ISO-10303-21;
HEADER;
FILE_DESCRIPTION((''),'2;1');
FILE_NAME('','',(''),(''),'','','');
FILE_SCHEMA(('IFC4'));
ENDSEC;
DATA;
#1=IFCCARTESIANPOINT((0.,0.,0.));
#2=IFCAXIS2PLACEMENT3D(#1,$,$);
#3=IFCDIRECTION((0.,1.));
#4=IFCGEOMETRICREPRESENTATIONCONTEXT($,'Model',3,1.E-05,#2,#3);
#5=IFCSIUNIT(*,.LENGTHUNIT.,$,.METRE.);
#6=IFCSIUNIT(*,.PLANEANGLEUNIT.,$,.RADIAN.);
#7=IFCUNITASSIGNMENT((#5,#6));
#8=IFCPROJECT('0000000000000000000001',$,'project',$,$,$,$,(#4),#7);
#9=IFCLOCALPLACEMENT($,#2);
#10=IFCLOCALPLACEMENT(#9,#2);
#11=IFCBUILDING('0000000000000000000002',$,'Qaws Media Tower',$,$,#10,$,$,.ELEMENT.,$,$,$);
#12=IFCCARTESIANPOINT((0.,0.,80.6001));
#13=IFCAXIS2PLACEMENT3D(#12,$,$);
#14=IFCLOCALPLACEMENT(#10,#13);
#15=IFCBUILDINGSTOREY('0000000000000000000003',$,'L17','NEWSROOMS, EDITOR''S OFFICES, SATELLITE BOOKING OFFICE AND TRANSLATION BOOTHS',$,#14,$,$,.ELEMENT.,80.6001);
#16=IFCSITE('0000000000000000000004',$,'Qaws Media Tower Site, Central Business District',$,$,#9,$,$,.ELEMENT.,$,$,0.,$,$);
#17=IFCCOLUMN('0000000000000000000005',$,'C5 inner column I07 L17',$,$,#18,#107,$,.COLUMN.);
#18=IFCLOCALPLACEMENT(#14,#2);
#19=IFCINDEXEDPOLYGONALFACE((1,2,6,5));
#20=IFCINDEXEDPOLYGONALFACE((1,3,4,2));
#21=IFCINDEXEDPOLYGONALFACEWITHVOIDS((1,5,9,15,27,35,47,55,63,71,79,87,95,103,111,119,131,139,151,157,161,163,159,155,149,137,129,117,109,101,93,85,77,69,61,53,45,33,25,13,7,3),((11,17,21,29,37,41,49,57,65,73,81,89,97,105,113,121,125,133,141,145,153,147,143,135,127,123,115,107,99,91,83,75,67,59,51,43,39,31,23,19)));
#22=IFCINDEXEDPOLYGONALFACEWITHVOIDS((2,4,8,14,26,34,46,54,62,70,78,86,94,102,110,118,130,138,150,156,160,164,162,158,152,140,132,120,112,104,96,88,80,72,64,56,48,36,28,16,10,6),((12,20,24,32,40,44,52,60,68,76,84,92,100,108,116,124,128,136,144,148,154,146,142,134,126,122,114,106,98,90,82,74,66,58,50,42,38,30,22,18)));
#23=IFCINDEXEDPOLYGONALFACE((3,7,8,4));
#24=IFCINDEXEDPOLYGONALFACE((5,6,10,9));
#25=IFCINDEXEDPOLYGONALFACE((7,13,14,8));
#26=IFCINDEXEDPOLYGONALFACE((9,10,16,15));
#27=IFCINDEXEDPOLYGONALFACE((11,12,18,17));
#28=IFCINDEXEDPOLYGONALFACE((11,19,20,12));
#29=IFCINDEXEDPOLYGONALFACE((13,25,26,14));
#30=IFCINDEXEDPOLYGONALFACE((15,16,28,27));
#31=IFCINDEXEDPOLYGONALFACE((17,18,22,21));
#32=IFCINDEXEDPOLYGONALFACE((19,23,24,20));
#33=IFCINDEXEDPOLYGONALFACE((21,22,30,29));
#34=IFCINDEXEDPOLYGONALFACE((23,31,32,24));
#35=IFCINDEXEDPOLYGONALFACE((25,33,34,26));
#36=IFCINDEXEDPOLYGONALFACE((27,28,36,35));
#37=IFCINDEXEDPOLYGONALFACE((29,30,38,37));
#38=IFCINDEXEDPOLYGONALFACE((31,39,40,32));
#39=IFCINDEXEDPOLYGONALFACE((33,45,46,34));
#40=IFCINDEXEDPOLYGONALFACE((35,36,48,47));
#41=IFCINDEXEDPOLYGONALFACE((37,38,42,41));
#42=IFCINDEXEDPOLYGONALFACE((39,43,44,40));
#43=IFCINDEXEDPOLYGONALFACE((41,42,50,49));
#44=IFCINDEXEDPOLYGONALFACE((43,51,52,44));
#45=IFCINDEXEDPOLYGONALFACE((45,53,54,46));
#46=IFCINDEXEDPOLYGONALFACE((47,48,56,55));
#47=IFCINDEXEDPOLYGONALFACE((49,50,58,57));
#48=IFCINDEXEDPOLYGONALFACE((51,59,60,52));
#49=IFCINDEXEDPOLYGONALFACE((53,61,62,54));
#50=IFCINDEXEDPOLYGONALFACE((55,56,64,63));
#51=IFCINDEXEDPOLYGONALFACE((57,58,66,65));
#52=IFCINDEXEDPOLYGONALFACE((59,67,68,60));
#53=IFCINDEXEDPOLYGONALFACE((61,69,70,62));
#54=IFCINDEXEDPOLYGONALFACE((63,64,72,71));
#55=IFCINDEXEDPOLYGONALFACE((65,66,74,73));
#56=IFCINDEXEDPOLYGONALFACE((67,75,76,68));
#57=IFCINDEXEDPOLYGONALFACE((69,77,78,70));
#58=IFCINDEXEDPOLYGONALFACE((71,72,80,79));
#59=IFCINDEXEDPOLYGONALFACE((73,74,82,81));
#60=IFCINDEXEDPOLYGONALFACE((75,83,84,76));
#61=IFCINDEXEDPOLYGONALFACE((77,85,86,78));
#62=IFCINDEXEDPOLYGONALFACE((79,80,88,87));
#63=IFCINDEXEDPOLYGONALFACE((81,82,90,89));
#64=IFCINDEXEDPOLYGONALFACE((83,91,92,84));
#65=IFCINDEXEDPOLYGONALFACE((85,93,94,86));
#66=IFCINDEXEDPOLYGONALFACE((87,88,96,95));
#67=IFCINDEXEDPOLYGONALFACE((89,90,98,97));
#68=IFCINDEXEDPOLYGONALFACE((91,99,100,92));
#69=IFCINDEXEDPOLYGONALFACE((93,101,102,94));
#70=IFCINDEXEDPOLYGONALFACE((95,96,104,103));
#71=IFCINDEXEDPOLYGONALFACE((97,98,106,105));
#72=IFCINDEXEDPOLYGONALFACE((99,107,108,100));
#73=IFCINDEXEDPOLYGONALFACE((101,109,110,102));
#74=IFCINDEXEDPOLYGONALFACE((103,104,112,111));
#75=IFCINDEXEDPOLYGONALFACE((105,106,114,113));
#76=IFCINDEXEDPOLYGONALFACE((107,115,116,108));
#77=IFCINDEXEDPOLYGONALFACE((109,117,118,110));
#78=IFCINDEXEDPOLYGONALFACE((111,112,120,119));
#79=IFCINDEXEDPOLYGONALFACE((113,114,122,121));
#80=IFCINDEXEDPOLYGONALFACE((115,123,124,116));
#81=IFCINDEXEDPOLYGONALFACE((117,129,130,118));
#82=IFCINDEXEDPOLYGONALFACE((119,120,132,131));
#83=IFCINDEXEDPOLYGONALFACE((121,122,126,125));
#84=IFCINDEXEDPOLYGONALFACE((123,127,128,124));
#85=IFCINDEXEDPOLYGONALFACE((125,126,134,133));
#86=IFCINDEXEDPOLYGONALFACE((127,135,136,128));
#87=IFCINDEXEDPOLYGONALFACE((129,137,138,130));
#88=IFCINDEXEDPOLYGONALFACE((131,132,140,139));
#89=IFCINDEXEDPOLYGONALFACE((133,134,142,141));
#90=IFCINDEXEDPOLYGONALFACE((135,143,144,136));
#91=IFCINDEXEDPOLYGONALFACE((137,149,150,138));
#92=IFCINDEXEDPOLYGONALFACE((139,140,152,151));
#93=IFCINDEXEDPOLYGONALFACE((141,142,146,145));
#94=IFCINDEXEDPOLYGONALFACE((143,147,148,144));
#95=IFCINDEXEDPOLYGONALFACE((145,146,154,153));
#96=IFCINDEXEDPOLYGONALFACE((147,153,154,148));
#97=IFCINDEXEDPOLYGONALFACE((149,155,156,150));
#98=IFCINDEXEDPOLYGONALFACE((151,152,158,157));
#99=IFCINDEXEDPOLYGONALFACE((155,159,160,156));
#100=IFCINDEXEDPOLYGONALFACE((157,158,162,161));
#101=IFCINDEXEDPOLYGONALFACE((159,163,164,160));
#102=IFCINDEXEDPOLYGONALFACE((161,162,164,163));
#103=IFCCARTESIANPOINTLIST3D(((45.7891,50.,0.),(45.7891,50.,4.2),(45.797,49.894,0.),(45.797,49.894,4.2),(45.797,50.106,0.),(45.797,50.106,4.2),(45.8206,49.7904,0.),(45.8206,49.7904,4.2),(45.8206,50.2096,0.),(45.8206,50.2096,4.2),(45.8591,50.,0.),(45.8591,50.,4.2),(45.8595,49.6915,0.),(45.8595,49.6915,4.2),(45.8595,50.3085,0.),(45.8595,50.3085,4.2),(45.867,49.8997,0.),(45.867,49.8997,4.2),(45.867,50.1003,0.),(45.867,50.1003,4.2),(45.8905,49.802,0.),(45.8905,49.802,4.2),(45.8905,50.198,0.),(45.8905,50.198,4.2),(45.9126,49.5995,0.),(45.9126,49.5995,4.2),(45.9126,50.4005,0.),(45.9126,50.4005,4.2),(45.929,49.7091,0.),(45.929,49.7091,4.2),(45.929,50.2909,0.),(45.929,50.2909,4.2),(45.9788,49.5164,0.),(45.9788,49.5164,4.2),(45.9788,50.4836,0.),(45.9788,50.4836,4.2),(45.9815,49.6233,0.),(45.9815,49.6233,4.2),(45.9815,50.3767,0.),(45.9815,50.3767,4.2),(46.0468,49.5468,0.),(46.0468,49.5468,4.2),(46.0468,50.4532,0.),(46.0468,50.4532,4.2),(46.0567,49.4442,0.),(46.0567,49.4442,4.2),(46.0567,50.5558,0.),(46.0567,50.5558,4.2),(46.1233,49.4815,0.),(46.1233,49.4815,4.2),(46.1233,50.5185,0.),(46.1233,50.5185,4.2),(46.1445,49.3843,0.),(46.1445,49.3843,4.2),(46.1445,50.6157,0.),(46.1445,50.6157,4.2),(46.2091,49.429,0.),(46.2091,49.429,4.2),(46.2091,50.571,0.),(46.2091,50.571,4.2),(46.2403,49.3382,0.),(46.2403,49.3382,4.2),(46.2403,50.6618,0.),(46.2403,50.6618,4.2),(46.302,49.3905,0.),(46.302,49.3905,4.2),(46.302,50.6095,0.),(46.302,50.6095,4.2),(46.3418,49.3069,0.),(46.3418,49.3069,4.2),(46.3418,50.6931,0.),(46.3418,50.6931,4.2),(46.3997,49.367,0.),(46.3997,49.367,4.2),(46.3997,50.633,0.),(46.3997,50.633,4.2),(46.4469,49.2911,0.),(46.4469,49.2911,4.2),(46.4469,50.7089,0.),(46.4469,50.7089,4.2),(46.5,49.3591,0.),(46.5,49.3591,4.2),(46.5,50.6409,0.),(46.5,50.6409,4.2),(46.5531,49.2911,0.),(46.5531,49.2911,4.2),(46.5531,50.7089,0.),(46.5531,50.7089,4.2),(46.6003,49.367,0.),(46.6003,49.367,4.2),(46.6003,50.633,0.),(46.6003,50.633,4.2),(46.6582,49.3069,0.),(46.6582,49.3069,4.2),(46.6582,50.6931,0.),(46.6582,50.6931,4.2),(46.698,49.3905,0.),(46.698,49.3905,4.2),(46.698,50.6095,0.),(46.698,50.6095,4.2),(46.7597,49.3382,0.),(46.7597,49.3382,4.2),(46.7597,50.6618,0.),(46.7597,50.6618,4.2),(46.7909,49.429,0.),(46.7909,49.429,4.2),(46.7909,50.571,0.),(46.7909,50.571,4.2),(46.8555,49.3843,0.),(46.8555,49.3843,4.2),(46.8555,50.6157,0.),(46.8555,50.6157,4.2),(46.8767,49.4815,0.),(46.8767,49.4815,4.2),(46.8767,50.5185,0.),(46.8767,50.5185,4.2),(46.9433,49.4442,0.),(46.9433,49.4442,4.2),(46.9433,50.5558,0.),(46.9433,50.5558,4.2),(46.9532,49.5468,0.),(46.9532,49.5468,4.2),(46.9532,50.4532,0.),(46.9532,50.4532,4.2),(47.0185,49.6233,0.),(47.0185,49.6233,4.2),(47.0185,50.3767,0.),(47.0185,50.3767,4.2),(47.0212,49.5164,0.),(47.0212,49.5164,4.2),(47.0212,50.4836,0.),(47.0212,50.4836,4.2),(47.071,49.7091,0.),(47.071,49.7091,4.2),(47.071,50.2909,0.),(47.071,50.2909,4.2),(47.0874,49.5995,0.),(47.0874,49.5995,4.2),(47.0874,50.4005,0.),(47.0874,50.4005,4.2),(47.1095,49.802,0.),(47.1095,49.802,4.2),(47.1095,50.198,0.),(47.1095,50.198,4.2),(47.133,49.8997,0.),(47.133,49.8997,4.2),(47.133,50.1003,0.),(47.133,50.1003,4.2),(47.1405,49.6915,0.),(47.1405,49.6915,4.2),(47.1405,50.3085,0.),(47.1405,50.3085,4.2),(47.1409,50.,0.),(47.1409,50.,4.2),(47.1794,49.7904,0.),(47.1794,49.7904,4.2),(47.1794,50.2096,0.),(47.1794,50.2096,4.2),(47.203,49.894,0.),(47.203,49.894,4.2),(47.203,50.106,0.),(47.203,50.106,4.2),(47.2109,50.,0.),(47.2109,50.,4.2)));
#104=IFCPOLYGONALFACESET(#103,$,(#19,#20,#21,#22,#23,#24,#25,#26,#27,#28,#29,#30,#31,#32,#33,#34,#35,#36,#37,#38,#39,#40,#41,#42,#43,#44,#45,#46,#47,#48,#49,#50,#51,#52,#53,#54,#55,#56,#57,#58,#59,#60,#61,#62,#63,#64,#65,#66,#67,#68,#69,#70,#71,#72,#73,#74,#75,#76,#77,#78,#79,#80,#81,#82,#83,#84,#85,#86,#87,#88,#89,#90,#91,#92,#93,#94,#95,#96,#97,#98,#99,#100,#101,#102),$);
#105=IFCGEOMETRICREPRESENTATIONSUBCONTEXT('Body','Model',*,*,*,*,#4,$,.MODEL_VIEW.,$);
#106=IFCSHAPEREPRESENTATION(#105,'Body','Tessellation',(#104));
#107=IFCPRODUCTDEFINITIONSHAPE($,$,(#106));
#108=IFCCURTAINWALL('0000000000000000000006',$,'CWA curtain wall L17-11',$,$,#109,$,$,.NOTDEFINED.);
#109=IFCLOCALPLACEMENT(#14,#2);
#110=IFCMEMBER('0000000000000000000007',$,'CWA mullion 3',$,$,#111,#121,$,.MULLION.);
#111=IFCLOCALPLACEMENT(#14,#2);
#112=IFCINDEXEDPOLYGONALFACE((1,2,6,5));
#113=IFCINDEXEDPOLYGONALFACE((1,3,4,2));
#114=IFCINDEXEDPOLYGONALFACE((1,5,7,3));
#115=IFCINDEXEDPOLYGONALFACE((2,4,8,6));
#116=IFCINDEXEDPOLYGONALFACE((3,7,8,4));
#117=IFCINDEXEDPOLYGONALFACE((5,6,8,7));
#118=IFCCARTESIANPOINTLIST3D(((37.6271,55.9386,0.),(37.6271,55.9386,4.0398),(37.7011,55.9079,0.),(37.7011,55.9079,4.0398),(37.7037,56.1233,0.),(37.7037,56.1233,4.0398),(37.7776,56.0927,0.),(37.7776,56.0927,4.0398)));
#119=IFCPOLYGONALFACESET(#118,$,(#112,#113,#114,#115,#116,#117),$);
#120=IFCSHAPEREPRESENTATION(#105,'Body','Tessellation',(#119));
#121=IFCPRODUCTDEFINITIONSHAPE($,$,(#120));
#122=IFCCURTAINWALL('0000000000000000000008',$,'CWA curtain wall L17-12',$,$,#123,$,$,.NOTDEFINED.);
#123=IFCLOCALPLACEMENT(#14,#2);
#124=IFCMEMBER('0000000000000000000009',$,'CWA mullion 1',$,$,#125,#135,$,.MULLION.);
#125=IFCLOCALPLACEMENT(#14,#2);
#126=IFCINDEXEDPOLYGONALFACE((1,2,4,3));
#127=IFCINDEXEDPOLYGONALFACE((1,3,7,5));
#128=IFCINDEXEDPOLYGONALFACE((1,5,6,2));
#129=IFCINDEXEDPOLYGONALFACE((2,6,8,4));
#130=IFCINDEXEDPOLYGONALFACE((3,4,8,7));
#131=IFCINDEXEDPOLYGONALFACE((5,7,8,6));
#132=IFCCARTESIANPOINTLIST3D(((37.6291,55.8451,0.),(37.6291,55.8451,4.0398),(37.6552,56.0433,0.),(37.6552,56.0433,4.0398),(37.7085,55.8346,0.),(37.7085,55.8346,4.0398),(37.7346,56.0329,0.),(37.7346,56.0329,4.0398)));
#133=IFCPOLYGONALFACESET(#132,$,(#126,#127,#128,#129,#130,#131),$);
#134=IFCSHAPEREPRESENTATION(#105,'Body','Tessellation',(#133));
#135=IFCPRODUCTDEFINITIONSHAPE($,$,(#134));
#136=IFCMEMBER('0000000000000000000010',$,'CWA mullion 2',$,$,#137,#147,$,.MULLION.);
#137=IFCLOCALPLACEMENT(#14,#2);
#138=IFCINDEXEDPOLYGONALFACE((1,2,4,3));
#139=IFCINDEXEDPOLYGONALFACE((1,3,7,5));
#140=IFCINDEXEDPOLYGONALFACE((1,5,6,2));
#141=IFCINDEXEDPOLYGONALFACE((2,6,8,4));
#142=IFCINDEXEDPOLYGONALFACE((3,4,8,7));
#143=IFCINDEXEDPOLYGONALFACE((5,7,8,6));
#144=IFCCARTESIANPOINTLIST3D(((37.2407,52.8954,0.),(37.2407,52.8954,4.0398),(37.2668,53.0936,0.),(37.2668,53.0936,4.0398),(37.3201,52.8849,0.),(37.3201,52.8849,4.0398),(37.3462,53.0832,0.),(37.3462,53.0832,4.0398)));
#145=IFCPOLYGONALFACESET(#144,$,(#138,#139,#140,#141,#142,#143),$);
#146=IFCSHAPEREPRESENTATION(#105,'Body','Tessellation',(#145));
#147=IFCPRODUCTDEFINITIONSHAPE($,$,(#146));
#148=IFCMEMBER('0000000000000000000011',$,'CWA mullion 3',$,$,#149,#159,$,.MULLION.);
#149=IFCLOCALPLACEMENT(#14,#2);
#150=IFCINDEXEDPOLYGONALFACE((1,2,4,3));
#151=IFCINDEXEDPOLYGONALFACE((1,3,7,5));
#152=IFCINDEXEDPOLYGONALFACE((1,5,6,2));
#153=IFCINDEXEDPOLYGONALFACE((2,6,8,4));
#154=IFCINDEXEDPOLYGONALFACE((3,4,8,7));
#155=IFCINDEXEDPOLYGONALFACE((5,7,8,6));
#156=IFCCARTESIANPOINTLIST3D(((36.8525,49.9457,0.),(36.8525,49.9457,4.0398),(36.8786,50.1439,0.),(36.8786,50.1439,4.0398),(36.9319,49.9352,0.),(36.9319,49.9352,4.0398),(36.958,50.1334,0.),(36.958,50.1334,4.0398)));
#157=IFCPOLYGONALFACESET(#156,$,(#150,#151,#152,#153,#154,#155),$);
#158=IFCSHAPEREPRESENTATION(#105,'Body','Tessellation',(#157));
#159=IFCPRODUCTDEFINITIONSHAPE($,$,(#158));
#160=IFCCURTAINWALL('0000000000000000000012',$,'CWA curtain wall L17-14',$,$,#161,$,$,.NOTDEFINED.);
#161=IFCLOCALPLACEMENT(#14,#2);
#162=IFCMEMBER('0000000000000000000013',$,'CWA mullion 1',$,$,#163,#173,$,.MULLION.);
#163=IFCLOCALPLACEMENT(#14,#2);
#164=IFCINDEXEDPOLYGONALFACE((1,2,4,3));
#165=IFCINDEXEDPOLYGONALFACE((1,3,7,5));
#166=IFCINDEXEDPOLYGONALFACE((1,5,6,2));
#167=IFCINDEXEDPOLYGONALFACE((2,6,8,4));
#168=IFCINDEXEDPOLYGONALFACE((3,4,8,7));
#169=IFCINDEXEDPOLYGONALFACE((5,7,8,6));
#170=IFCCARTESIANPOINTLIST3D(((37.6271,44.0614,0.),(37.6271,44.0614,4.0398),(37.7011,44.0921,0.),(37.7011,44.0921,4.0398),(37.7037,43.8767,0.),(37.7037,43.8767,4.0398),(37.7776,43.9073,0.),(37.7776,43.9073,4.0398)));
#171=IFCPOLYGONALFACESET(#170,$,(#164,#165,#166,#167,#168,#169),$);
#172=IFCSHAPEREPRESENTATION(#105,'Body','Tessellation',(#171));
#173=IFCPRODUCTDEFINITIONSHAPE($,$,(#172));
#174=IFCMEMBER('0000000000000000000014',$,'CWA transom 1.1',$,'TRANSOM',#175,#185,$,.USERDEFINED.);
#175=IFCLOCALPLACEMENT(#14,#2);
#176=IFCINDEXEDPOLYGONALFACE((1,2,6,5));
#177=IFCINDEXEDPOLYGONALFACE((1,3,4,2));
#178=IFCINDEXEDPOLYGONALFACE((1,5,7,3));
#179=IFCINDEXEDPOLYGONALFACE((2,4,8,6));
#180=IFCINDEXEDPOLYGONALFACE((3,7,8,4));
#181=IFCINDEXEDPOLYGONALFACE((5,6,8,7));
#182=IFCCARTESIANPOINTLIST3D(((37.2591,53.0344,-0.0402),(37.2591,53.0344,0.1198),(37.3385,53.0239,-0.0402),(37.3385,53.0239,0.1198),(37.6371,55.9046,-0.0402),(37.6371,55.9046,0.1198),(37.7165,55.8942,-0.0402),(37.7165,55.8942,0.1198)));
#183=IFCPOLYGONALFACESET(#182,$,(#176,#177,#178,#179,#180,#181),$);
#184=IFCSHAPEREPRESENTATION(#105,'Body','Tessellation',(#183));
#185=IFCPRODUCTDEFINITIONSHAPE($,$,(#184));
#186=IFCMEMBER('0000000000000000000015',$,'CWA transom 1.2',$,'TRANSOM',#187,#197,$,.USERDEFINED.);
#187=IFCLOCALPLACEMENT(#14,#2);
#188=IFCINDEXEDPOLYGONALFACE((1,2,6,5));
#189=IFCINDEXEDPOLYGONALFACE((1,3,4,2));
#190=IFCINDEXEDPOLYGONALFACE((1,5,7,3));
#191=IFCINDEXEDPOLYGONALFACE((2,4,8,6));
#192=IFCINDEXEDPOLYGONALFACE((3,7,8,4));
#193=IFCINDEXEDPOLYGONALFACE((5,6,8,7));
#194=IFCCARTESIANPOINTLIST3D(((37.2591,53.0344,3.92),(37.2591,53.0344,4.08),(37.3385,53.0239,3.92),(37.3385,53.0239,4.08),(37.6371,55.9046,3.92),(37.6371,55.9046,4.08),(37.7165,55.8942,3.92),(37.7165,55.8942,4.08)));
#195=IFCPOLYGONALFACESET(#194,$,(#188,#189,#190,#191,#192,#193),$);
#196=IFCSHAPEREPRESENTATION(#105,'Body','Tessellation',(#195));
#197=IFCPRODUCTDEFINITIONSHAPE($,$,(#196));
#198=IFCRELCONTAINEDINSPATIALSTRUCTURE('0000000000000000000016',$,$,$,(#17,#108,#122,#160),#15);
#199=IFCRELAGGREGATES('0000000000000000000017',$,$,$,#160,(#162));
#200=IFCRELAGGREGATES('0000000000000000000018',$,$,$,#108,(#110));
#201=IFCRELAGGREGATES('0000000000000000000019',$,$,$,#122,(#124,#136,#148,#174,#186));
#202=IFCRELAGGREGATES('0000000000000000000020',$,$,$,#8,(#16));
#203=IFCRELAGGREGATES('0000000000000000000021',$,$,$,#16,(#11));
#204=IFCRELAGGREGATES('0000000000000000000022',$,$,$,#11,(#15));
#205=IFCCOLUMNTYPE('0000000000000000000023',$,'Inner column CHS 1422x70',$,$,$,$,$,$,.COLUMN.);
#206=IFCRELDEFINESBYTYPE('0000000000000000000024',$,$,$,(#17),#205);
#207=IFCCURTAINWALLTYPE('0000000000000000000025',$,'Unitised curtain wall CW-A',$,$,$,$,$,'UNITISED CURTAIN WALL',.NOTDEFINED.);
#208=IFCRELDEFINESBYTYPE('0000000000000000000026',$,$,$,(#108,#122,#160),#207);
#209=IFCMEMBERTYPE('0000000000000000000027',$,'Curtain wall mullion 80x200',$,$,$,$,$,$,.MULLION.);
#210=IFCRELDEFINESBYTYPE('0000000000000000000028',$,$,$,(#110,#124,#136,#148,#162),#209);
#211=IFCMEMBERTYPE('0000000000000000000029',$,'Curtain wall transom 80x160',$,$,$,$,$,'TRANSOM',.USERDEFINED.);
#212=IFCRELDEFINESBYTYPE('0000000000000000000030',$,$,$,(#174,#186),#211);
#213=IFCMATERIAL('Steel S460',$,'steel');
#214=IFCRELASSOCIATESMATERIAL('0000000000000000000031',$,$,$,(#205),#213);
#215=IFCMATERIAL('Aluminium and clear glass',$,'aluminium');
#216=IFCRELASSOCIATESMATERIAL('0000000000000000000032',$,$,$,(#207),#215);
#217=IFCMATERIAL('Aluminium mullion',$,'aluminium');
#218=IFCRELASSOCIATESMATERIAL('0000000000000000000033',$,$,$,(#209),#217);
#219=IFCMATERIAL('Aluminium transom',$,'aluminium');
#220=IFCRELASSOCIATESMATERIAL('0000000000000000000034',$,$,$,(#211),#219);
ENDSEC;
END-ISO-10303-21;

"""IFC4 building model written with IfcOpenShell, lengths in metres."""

from ifc_helpers import new_model, si_unit, direction, frame, origin, origin_2d, place, context, subcontext, project, spatial, rectangle, hollow_circle, extrude, material, material_profile, profile_set, type_object, element, aggregate, save


model = new_model("IFC4")

# Units and contexts
model_context = context("Model", 3, precision=1e-05, world=origin(), true_north=direction((0.0, 1.0)))
body_context = subcontext(model_context, "Body", "Model", "MODEL_VIEW")
ifc_project = project(units=[si_unit("LENGTHUNIT", "METRE"), si_unit("PLANEANGLEUNIT", "RADIAN")], contexts=[model_context])

# Site, building, storey
site_placement = place(None, origin())
site = spatial("IfcSite", under=ifc_project, at=site_placement, Name="Qaws Media Tower Site, Central Business District", CompositionType="ELEMENT", RefElevation=0.0)
building_placement = place(site_placement, origin())
building = spatial("IfcBuilding", under=site, at=building_placement, Name="Qaws Media Tower", CompositionType="ELEMENT")
storey_placement = place(building_placement, frame((0.0, 0.0, 80.6001)))
storey = spatial("IfcBuildingStorey", under=building, at=storey_placement, Name="L17", Description="NEWSROOMS, EDITOR'S OFFICES, SATELLITE BOOKING OFFICE AND TRANSLATION BOOTHS", CompositionType="ELEMENT", Elevation=80.6001)

# Column
ifc_material_1 = material(Name="Steel S460", Category="steel")
ifc_material_profile_1 = material_profile(ifc_material_1, hollow_circle(Radius=0.7109, WallThickness=0.0701, at=origin_2d()), Name="CHS 1422x70")
ifc_profile_set_1 = profile_set([ifc_material_profile_1], Name="Steel S460")
column_type = type_object("IfcColumnType", Name="Inner column CHS 1422x70", PredefinedType="COLUMN", material=ifc_profile_set_1)
column_placement = place(storey_placement, frame((46.5, 50.0, 0.0), z_axis=(0.0, 0.0, 1.0), x_axis=(1.0, 0.0, 0.0)))
element("IfcColumn", 1, at=column_placement, inside=storey, type_object=column_type, Name="C5 inner column I07 L17", PredefinedType="COLUMN", context=body_context, shape_type="SweptSolid", body=[
    extrude(hollow_circle(Radius=0.7109, WallThickness=0.0701, at=origin_2d()), origin(), (0.0, 0.0, 1.0), 4.2),
])

# Curtain wall, member
ifc_material_2 = material(Name="Aluminium and clear glass", Category="aluminium")
curtain_wall_type = type_object("IfcCurtainWallType", Name="Unitised curtain wall CW-A", ElementType="UNITISED CURTAIN WALL", PredefinedType="NOTDEFINED", material=ifc_material_2)
curtain_wall_1_placement = place(storey_placement, origin())
curtain_wall_1 = element("IfcCurtainWall", 2, at=curtain_wall_1_placement, inside=storey, type_object=curtain_wall_type, Name="CWA curtain wall L17-11", PredefinedType="NOTDEFINED")
ifc_material_3 = material(Name="Aluminium mullion", Category="aluminium")
ifc_material_profile_2 = material_profile(ifc_material_3, rectangle(XDim=0.0801, YDim=0.2, at=origin_2d()), Name="80x200")
ifc_profile_set_2 = profile_set([ifc_material_profile_2], Name="Aluminium mullion")
member_type_1 = type_object("IfcMemberType", Name="Curtain wall mullion 80x200", PredefinedType="MULLION", material=ifc_profile_set_2)
member_1_placement = place(storey_placement, frame((37.7024, 56.0156, 0.0), z_axis=(0.0, 0.0, 1.0), x_axis=(0.92388, -0.382683, 0.0)))
member_1 = element("IfcMember", 3, at=member_1_placement, type_object=member_type_1, Name="CWA mullion 3", PredefinedType="MULLION", context=body_context, shape_type="SweptSolid", body=[
    extrude(rectangle(XDim=0.0801, YDim=0.2, at=origin_2d()), origin(), (0.0, 0.0, 1.0), 4.0398),
])

# Curtain wall, members
curtain_wall_2_placement = place(storey_placement, origin())
curtain_wall_2 = element("IfcCurtainWall", 4, at=curtain_wall_2_placement, inside=storey, type_object=curtain_wall_type, Name="CWA curtain wall L17-12", PredefinedType="NOTDEFINED")
member_2_placement = place(storey_placement, frame((37.6819, 55.939, 0.0), z_axis=(0.0, 0.0, 1.0), x_axis=(0.991445, -0.130526, 0.0)))
member_2 = element("IfcMember", 5, at=member_2_placement, type_object=member_type_1, Name="CWA mullion 1", PredefinedType="MULLION", context=body_context, shape_type="SweptSolid", body=[
    extrude(rectangle(XDim=0.0801, YDim=0.2, at=origin_2d()), origin(), (0.0, 0.0, 1.0), 4.0398),
])
member_3_placement = place(storey_placement, frame((37.2935, 52.9893, 0.0), z_axis=(0.0, 0.0, 1.0), x_axis=(0.991445, -0.130526, 0.0)))
member_3 = element("IfcMember", 6, at=member_3_placement, type_object=member_type_1, Name="CWA mullion 2", PredefinedType="MULLION", context=body_context, shape_type="SweptSolid", body=[
    extrude(rectangle(XDim=0.0801, YDim=0.2, at=origin_2d()), origin(), (0.0, 0.0, 1.0), 4.0398),
])
member_4_placement = place(storey_placement, frame((36.9053, 50.0396, 0.0), z_axis=(0.0, 0.0, 1.0), x_axis=(0.991445, -0.130526, 0.0)))
member_4 = element("IfcMember", 7, at=member_4_placement, type_object=member_type_1, Name="CWA mullion 3", PredefinedType="MULLION", context=body_context, shape_type="SweptSolid", body=[
    extrude(rectangle(XDim=0.0801, YDim=0.2, at=origin_2d()), origin(), (0.0, 0.0, 1.0), 4.0398),
])

# Curtain wall, member
curtain_wall_3_placement = place(storey_placement, origin())
curtain_wall_3 = element("IfcCurtainWall", 8, at=curtain_wall_3_placement, inside=storey, type_object=curtain_wall_type, Name="CWA curtain wall L17-14", PredefinedType="NOTDEFINED")
member_5_placement = place(storey_placement, frame((37.7024, 43.9844, 0.0), z_axis=(0.0, 0.0, 1.0), x_axis=(0.92388, 0.382683, 0.0)))
member_5 = element("IfcMember", 9, at=member_5_placement, type_object=member_type_1, Name="CWA mullion 1", PredefinedType="MULLION", context=body_context, shape_type="SweptSolid", body=[
    extrude(rectangle(XDim=0.0801, YDim=0.2, at=origin_2d()), origin(), (0.0, 0.0, 1.0), 4.0398),
])

# Members
ifc_material_4 = material(Name="Aluminium transom", Category="aluminium")
ifc_material_profile_3 = material_profile(ifc_material_4, rectangle(XDim=0.0801, YDim=0.1599, at=origin_2d()), Name="80x160")
ifc_profile_set_3 = profile_set([ifc_material_profile_3], Name="Aluminium transom")
member_type_2 = type_object("IfcMemberType", Name="Curtain wall transom 80x160", ElementType="TRANSOM", PredefinedType="USERDEFINED", material=ifc_profile_set_3)
member_6_placement = place(storey_placement, frame((37.6768, 55.8994, 0.0398), z_axis=(-0.13054, -0.991443, 0.0), x_axis=(0.991443, -0.13054, 0.0)))
member_6 = element("IfcMember", 10, at=member_6_placement, type_object=member_type_2, Name="CWA transom 1.1", ObjectType="TRANSOM", PredefinedType="USERDEFINED", context=body_context, shape_type="SweptSolid", body=[
    extrude(rectangle(XDim=0.0801, YDim=0.1599, at=origin_2d()), origin(), (0.0, 0.0, 1.0), 2.895),
])
member_7_placement = place(storey_placement, frame((37.6768, 55.8994, 4.0), z_axis=(-0.13054, -0.991443, 0.0), x_axis=(0.991443, -0.13054, 0.0)))
member_7 = element("IfcMember", 11, at=member_7_placement, type_object=member_type_2, Name="CWA transom 1.2", ObjectType="TRANSOM", PredefinedType="USERDEFINED", context=body_context, shape_type="SweptSolid", body=[
    extrude(rectangle(XDim=0.0801, YDim=0.1599, at=origin_2d()), origin(), (0.0, 0.0, 1.0), 2.895),
])
aggregate(curtain_wall_3, [member_5])

aggregate(curtain_wall_1, [member_1])
aggregate(curtain_wall_2, [member_2, member_3, member_4, member_6, member_7])

save(model, "model.ifc")
